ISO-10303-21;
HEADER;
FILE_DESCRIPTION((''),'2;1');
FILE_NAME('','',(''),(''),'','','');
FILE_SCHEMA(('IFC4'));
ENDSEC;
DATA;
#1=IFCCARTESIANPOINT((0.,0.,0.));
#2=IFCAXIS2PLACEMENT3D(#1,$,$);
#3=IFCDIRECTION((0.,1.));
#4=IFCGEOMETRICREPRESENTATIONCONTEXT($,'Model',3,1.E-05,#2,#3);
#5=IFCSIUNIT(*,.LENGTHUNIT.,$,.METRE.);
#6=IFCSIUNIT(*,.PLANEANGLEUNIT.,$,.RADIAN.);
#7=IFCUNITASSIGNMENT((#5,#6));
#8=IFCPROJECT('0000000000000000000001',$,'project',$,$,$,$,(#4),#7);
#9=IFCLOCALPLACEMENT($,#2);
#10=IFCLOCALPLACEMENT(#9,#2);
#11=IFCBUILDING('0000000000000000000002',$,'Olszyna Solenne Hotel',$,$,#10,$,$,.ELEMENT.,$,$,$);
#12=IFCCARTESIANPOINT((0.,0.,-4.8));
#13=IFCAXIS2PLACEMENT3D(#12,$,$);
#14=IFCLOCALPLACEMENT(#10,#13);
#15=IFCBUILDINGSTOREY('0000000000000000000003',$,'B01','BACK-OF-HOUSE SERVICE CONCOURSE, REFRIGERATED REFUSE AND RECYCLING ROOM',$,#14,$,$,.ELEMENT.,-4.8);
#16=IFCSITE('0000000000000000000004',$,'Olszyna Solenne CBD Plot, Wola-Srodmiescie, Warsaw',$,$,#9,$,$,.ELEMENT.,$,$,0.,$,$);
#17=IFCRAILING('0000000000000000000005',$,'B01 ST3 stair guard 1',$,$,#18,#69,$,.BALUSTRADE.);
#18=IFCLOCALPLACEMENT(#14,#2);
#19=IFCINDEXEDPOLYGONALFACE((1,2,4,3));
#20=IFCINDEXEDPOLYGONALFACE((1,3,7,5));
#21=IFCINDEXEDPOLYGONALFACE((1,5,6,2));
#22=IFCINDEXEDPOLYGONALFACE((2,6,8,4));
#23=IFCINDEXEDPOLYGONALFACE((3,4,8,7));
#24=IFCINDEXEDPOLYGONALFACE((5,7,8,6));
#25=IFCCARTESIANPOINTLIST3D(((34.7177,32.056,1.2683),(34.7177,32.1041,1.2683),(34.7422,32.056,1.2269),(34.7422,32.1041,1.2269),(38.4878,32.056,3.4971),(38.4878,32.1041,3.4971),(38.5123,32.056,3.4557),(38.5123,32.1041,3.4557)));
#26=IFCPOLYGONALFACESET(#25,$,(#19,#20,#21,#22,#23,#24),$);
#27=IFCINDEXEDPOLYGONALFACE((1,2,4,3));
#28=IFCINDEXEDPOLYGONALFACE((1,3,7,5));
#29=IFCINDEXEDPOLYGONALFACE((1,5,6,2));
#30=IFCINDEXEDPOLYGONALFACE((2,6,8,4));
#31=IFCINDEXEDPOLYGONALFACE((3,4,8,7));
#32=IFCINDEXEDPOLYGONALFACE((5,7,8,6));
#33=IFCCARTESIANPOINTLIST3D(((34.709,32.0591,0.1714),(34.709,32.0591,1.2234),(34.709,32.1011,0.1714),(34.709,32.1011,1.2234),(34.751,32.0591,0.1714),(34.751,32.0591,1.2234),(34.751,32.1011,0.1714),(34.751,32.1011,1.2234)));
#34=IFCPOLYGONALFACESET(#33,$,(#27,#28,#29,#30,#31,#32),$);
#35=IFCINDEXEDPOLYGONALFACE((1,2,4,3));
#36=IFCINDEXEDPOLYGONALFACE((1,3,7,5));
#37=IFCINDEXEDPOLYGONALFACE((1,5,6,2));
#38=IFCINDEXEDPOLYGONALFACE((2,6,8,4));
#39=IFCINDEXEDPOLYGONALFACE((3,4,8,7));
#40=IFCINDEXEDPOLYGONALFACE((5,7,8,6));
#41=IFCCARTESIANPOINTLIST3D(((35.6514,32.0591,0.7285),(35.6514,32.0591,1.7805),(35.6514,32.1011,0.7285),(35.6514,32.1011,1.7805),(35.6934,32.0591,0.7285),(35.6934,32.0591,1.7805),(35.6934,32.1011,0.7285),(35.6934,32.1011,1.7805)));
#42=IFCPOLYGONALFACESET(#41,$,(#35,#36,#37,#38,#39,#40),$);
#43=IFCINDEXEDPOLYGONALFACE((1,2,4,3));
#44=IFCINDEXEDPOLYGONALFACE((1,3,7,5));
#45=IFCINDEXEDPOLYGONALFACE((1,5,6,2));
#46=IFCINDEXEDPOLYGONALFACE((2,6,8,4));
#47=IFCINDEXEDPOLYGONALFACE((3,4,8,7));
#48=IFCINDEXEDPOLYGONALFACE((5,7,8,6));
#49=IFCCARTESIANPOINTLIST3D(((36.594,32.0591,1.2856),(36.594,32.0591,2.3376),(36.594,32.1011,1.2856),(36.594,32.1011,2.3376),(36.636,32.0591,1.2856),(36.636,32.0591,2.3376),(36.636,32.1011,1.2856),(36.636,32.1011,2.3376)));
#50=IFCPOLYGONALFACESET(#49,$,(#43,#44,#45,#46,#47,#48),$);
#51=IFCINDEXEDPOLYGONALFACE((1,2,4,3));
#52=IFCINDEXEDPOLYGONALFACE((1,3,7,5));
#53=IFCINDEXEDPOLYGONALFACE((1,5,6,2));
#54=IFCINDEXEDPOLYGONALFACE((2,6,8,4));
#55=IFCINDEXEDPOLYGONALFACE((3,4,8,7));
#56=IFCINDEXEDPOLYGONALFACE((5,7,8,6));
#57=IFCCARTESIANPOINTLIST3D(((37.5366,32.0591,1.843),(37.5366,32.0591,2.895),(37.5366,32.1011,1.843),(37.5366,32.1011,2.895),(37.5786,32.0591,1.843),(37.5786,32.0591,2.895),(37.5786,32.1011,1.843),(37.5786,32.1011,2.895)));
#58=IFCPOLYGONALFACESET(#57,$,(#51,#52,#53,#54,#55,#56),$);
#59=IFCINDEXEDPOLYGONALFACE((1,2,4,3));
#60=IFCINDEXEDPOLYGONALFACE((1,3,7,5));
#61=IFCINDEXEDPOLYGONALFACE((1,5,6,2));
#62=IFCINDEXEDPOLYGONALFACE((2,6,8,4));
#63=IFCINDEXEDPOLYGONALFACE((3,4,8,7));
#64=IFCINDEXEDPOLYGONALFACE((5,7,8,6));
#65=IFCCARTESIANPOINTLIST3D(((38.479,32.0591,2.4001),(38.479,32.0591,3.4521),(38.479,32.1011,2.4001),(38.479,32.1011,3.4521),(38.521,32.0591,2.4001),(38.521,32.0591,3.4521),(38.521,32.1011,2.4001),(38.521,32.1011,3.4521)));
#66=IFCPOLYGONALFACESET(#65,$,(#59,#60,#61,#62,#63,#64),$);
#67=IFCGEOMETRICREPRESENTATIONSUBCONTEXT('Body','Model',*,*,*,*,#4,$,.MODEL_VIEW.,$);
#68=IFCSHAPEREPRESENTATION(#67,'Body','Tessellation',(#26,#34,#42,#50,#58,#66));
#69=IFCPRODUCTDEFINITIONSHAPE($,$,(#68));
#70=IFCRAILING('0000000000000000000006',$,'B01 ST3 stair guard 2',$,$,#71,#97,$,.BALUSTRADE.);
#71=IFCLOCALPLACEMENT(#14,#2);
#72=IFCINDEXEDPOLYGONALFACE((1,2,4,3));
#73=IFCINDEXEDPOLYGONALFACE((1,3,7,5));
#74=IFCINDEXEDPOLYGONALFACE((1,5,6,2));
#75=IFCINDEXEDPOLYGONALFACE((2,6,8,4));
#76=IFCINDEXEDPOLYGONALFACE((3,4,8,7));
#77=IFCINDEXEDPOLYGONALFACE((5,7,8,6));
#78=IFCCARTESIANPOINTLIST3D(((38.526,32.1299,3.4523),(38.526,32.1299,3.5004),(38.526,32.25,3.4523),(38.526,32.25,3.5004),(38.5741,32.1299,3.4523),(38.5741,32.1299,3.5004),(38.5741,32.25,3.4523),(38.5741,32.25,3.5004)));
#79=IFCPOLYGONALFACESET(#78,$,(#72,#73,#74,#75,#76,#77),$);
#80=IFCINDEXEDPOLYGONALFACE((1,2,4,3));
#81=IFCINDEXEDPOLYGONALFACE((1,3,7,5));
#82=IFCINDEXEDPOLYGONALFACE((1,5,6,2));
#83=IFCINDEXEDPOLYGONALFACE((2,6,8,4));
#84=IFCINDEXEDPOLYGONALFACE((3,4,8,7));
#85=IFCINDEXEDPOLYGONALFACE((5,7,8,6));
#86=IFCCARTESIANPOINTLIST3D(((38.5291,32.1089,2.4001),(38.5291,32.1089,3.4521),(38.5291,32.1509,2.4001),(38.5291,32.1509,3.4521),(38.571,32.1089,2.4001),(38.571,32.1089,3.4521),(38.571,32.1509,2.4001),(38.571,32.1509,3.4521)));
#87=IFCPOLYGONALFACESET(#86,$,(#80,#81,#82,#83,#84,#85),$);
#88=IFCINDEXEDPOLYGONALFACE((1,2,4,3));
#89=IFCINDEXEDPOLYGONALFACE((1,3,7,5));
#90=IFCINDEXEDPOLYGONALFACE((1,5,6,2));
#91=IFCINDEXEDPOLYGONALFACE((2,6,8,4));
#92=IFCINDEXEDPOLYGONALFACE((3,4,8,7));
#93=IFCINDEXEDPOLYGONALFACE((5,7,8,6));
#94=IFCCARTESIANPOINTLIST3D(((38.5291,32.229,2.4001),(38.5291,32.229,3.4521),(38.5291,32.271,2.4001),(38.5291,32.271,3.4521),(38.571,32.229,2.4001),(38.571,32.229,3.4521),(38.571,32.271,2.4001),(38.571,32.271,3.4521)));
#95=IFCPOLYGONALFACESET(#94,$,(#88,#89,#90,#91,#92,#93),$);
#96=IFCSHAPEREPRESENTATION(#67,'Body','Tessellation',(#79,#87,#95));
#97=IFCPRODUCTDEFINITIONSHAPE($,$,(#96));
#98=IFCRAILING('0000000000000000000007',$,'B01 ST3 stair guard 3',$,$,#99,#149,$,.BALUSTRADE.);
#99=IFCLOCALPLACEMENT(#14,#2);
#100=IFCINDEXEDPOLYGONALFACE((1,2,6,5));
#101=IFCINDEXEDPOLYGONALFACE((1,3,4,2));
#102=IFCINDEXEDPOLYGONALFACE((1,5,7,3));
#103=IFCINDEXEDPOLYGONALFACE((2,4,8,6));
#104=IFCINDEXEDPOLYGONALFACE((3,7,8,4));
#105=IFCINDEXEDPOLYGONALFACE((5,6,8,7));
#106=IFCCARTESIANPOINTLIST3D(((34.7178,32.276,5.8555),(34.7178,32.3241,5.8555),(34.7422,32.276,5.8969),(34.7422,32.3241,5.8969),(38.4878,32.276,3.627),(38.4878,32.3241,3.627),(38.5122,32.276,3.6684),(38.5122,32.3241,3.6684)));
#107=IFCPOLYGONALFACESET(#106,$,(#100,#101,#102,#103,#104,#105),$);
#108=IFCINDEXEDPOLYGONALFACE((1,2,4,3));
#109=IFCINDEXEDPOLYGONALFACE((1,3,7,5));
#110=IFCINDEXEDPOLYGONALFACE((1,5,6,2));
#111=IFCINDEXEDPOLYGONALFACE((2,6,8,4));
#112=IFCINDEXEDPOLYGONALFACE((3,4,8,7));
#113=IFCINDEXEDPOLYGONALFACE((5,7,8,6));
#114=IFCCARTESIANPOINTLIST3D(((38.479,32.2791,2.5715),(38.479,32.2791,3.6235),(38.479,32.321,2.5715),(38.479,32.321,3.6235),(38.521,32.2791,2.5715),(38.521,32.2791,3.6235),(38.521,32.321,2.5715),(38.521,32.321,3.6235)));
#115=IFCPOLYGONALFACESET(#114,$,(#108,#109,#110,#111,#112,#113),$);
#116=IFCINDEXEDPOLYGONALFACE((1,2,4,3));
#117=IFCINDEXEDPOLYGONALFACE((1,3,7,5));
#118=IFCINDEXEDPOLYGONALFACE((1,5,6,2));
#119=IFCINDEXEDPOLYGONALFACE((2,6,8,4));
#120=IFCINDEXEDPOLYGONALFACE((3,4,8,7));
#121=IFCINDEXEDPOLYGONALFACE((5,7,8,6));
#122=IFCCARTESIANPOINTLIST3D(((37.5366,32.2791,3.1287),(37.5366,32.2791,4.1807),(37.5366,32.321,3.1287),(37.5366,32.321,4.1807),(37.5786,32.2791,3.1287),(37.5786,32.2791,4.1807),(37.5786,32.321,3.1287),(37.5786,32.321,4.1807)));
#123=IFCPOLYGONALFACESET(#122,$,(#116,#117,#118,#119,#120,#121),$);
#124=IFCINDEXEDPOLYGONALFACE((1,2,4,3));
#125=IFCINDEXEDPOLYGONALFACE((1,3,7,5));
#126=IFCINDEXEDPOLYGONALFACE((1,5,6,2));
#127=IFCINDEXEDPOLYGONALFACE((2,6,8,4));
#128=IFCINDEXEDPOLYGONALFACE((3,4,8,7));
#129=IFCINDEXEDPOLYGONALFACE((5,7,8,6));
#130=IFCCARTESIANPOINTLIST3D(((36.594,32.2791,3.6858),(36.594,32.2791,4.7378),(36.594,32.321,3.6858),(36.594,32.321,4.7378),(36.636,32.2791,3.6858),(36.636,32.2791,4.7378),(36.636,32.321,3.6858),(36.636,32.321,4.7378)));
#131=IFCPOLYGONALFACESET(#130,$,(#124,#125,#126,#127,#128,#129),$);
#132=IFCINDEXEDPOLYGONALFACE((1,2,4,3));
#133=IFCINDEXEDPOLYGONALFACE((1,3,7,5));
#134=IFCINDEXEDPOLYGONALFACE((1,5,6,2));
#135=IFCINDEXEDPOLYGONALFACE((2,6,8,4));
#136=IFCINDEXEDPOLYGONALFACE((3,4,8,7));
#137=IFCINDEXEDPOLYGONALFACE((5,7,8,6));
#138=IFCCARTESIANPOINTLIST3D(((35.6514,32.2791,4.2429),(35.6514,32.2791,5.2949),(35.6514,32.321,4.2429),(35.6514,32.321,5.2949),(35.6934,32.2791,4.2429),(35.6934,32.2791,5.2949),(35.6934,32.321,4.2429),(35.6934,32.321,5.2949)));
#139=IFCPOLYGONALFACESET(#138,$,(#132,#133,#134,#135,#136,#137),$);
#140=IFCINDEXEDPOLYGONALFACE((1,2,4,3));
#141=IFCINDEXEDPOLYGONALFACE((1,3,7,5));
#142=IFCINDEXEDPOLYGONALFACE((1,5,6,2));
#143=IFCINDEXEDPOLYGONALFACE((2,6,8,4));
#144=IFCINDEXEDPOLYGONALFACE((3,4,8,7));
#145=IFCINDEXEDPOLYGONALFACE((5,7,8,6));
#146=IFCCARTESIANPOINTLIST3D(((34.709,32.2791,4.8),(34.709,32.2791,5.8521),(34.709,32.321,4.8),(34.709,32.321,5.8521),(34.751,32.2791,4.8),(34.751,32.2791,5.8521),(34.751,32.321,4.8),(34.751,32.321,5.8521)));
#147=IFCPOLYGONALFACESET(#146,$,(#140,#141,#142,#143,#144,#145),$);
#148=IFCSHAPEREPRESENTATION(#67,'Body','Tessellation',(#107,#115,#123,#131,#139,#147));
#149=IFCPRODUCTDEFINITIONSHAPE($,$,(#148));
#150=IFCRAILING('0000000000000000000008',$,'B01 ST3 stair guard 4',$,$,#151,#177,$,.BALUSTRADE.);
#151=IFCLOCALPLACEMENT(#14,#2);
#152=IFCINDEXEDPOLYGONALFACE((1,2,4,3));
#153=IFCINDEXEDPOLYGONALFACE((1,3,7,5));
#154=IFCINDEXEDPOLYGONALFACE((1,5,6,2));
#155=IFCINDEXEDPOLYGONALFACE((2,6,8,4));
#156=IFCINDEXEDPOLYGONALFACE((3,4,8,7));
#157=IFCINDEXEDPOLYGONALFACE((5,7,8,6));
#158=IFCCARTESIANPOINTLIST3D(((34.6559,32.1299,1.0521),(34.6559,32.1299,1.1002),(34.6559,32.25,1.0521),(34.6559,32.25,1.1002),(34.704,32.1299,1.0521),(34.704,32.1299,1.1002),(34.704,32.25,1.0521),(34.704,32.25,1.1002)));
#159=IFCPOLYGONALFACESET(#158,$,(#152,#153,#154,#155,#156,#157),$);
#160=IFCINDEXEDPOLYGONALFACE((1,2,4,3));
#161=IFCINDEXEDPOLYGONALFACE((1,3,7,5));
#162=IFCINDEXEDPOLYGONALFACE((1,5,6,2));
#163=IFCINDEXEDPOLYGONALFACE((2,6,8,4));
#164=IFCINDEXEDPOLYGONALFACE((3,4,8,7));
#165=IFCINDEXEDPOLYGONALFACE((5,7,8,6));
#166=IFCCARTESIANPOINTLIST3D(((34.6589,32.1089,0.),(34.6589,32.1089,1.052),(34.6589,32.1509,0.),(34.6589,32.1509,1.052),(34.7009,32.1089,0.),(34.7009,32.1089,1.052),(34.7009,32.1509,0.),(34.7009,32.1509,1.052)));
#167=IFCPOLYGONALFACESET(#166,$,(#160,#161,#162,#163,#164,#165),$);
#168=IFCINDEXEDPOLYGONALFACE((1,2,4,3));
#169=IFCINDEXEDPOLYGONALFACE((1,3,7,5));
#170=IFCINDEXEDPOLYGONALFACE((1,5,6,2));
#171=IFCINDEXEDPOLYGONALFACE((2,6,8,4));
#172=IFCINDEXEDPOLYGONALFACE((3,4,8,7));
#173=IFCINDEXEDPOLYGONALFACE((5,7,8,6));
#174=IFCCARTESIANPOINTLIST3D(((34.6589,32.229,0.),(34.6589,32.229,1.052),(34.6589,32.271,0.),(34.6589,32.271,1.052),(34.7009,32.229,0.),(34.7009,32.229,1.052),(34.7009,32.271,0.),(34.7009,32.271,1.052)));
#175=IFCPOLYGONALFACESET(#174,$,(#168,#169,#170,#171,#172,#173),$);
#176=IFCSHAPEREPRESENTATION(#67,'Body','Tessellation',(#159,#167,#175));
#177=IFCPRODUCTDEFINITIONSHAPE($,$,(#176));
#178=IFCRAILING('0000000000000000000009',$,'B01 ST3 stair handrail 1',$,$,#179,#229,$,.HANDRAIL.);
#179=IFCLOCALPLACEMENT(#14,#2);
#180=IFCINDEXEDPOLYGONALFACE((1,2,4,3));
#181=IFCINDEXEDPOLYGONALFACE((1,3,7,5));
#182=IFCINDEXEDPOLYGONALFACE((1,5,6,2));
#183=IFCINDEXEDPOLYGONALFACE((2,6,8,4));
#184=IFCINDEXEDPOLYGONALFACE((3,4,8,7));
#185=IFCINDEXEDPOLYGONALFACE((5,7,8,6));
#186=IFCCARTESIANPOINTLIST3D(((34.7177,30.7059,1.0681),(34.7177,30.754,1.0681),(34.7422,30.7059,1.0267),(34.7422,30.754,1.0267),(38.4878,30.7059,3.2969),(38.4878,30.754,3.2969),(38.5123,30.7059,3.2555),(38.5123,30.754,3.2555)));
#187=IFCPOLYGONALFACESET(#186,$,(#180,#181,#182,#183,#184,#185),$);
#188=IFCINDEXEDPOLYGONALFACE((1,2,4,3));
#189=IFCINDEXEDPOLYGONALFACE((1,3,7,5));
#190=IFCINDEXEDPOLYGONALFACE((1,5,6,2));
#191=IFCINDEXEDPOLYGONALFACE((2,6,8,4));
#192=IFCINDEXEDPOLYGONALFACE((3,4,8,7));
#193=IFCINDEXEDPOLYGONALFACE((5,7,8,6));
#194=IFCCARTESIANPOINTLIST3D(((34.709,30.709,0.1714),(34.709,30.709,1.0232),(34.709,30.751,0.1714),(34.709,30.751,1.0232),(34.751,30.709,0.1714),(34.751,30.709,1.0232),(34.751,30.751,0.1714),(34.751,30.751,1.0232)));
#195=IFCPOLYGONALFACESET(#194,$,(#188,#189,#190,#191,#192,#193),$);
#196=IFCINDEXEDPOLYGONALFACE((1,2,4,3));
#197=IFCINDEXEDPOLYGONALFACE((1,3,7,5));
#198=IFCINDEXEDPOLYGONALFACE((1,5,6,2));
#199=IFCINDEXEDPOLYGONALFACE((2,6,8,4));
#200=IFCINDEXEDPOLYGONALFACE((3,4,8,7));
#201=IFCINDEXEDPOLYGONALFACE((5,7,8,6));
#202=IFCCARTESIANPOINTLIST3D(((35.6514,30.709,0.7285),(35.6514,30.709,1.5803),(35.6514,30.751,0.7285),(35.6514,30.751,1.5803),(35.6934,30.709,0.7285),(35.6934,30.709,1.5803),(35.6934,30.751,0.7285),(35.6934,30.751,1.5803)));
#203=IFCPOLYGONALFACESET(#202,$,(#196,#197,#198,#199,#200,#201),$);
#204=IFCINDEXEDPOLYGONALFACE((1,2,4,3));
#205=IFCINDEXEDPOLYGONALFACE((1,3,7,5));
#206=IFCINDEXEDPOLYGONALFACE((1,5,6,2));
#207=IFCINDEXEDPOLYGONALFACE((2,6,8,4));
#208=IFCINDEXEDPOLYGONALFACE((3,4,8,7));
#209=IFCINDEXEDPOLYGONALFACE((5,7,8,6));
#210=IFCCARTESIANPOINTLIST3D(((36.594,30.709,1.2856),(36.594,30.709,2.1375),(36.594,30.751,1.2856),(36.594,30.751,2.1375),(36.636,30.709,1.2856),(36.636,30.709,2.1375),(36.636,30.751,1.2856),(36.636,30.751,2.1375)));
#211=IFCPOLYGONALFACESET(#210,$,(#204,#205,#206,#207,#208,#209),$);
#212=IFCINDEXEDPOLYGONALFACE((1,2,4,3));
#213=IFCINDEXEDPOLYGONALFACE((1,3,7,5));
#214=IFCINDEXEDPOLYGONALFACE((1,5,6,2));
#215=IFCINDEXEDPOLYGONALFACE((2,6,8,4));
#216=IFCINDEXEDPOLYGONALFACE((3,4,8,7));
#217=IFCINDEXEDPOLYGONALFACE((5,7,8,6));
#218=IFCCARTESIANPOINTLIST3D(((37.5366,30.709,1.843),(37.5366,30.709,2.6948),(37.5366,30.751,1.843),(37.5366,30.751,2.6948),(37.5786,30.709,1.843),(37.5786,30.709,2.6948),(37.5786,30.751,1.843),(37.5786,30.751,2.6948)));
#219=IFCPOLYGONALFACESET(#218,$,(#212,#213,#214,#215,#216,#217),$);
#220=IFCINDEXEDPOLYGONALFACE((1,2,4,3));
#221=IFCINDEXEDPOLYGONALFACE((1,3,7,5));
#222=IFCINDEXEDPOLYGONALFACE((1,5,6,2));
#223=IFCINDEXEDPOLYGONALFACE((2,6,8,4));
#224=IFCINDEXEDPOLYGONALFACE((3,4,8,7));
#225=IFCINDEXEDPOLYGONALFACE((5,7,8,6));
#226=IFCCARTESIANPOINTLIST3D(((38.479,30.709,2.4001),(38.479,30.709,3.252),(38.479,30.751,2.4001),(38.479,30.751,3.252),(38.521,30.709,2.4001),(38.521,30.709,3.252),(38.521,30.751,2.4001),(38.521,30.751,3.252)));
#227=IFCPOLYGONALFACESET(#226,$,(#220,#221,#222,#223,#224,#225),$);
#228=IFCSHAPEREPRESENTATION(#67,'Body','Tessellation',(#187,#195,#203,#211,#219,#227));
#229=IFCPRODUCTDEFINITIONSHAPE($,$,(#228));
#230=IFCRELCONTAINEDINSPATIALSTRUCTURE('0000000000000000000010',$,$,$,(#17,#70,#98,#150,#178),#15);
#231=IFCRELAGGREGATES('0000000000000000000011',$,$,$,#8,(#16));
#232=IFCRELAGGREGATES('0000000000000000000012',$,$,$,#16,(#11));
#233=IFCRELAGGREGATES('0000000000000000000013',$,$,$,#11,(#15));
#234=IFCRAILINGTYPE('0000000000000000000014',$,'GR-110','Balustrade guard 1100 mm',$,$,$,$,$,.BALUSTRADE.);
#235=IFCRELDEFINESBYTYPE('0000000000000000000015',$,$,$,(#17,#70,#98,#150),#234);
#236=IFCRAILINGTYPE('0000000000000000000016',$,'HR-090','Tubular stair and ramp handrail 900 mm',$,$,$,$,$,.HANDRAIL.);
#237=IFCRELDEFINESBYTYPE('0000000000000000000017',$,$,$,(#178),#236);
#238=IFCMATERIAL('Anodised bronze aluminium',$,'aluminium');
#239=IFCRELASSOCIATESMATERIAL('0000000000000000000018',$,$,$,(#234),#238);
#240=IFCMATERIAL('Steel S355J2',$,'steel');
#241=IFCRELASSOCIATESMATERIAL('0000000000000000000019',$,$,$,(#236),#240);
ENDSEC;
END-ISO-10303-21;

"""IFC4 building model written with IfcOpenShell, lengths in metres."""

from ifc_helpers import new_model, si_unit, direction, frame, origin, origin_2d, place, context, subcontext, project, spatial, rectangle, extrude, material, type_object, element, save


model = new_model("IFC4")

# Units and contexts
model_context = context("Model", 3, precision=1e-05, world=origin(), true_north=direction((0.0, 1.0)))
body_context = subcontext(model_context, "Body", "Model", "MODEL_VIEW")
ifc_project = project(units=[si_unit("LENGTHUNIT", "METRE"), si_unit("PLANEANGLEUNIT", "RADIAN")], contexts=[model_context])

# Site, building, storey
site_placement = place(None, origin())
site = spatial("IfcSite", under=ifc_project, at=site_placement, Name="Olszyna Solenne CBD Plot, Wola-Srodmiescie, Warsaw", CompositionType="ELEMENT", RefElevation=0.0)
building_placement = place(site_placement, origin())
building = spatial("IfcBuilding", under=site, at=building_placement, Name="Olszyna Solenne Hotel", CompositionType="ELEMENT")
storey_placement = place(building_placement, frame((0.0, 0.0, -4.8)))
storey = spatial("IfcBuildingStorey", under=building, at=storey_placement, Name="B01", Description="BACK-OF-HOUSE SERVICE CONCOURSE, REFRIGERATED REFUSE AND RECYCLING ROOM", CompositionType="ELEMENT", Elevation=-4.8)

# Shared definitions
ifc_material_1 = material(Name="Steel S355J2", Category="steel")

# Railings
ifc_material_2 = material(Name="Anodised bronze aluminium", Category="aluminium")
railing_type_1 = type_object("IfcRailingType", Name="GR-110", Description="Balustrade guard 1100 mm", PredefinedType="BALUSTRADE", material=ifc_material_2)
railing_1_placement = place(storey_placement, frame((34.73, 32.0801, 0.1714)))
element("IfcRailing", 1, at=railing_1_placement, inside=storey, type_object=railing_type_1, Name="B01 ST3 stair guard 1", PredefinedType="BALUSTRADE", context=body_context, shape_type="SweptSolid", body=[
    extrude(rectangle(XDim=0.0481, YDim=0.0481, at=origin_2d()), frame((0.0, 0.0, 1.0762), z_axis=(0.860824, 0.0, 0.508902), x_axis=(0.0, 1.0, 0.0)), (0.0, 0.0, 1.0), 4.3796),
    extrude(rectangle(XDim=0.042, YDim=0.042, at=origin_2d()), origin(), (0.0, 0.0, 1.0), 1.052),
    extrude(rectangle(XDim=0.042, YDim=0.042, at=origin_2d()), frame((0.9424, 0.0, 0.5571)), (0.0, 0.0, 1.0), 1.052),
    extrude(rectangle(XDim=0.042, YDim=0.042, at=origin_2d()), frame((1.885, 0.0, 1.1143)), (0.0, 0.0, 1.0), 1.052),
    extrude(rectangle(XDim=0.042, YDim=0.042, at=origin_2d()), frame((2.8276, 0.0, 1.6716)), (0.0, 0.0, 1.0), 1.052),
    extrude(rectangle(XDim=0.042, YDim=0.042, at=origin_2d()), frame((3.77, 0.0, 2.2288)), (0.0, 0.0, 1.0), 1.052),
])
railing_2_placement = place(storey_placement, frame((38.55, 32.1299, 2.4001)))
element("IfcRailing", 2, at=railing_2_placement, inside=storey, type_object=railing_type_1, Name="B01 ST3 stair guard 2", PredefinedType="BALUSTRADE", context=body_context, shape_type="SweptSolid", body=[
    extrude(rectangle(XDim=0.0481, YDim=0.0481, at=origin_2d()), frame((0.0, 0.0, 1.0762), z_axis=(0.0, 1.0, 0.0), x_axis=(-1.0, 0.0, 0.0)), (0.0, 0.0, 1.0), 0.1201),
    extrude(rectangle(XDim=0.042, YDim=0.042, at=origin_2d()), origin(), (0.0, 0.0, 1.0), 1.052),
    extrude(rectangle(XDim=0.042, YDim=0.042, at=origin_2d()), frame((0.0, 0.1201, 0.0)), (0.0, 0.0, 1.0), 1.052),
])
railing_3_placement = place(storey_placement, frame((38.5, 32.3, 2.5715)))
element("IfcRailing", 3, at=railing_3_placement, inside=storey, type_object=railing_type_1, Name="B01 ST3 stair guard 3", PredefinedType="BALUSTRADE", context=body_context, shape_type="SweptSolid", body=[
    extrude(rectangle(XDim=0.0481, YDim=0.0481, at=origin_2d()), frame((0.0, 0.0, 1.0762), z_axis=(-0.860849, 0.0, 0.508861), x_axis=(0.0, -1.0, 0.0)), (0.0, 0.0, 1.0), 4.3794),
    extrude(rectangle(XDim=0.042, YDim=0.042, at=origin_2d()), origin(), (0.0, 0.0, 1.0), 1.052),
    extrude(rectangle(XDim=0.042, YDim=0.042, at=origin_2d()), frame((-0.9424, 0.0, 0.5571)), (0.0, 0.0, 1.0), 1.052),
    extrude(rectangle(XDim=0.042, YDim=0.042, at=origin_2d()), frame((-1.885, 0.0, 1.1143)), (0.0, 0.0, 1.0), 1.052),
    extrude(rectangle(XDim=0.042, YDim=0.042, at=origin_2d()), frame((-2.8276, 0.0, 1.6714)), (0.0, 0.0, 1.0), 1.052),
    extrude(rectangle(XDim=0.042, YDim=0.042, at=origin_2d()), frame((-3.77, 0.0, 2.2285)), (0.0, 0.0, 1.0), 1.052),
])
railing_4_placement = place(storey_placement, frame((34.6799, 32.1299, 0.0)))
element("IfcRailing", 4, at=railing_4_placement, inside=storey, type_object=railing_type_1, Name="B01 ST3 stair guard 4", PredefinedType="BALUSTRADE", context=body_context, shape_type="SweptSolid", body=[
    extrude(rectangle(XDim=0.0481, YDim=0.0481, at=origin_2d()), frame((0.0, 0.0, 1.0762), z_axis=(0.0, 1.0, 0.0), x_axis=(-1.0, 0.0, 0.0)), (0.0, 0.0, 1.0), 0.1201),
    extrude(rectangle(XDim=0.042, YDim=0.042, at=origin_2d()), origin(), (0.0, 0.0, 1.0), 1.052),
    extrude(rectangle(XDim=0.042, YDim=0.042, at=origin_2d()), frame((0.0, 0.1201, 0.0)), (0.0, 0.0, 1.0), 1.052),
])
railing_type_2 = type_object("IfcRailingType", Name="HR-090", Description="Tubular stair and ramp handrail 900 mm", PredefinedType="HANDRAIL", material=ifc_material_1)
railing_5_placement = place(storey_placement, frame((34.73, 30.73, 0.1714)))
element("IfcRailing", 5, at=railing_5_placement, inside=storey, type_object=railing_type_2, Name="B01 ST3 stair handrail 1", PredefinedType="HANDRAIL", context=body_context, shape_type="SweptSolid", body=[
    extrude(rectangle(XDim=0.0481, YDim=0.0481, at=origin_2d()), frame((0.0, 0.0, 0.876), z_axis=(0.860824, 0.0, 0.508902), x_axis=(0.0, 1.0, 0.0)), (0.0, 0.0, 1.0), 4.3796),
    extrude(rectangle(XDim=0.042, YDim=0.042, at=origin_2d()), origin(), (0.0, 0.0, 1.0), 0.8518),
    extrude(rectangle(XDim=0.042, YDim=0.042, at=origin_2d()), frame((0.9424, 0.0, 0.5571)), (0.0, 0.0, 1.0), 0.8518),
    extrude(rectangle(XDim=0.042, YDim=0.042, at=origin_2d()), frame((1.885, 0.0, 1.1143)), (0.0, 0.0, 1.0), 0.8518),
    extrude(rectangle(XDim=0.042, YDim=0.042, at=origin_2d()), frame((2.8276, 0.0, 1.6716)), (0.0, 0.0, 1.0), 0.8518),
    extrude(rectangle(XDim=0.042, YDim=0.042, at=origin_2d()), frame((3.77, 0.0, 2.2288)), (0.0, 0.0, 1.0), 0.8518),
])

save(model, "model.ifc")
